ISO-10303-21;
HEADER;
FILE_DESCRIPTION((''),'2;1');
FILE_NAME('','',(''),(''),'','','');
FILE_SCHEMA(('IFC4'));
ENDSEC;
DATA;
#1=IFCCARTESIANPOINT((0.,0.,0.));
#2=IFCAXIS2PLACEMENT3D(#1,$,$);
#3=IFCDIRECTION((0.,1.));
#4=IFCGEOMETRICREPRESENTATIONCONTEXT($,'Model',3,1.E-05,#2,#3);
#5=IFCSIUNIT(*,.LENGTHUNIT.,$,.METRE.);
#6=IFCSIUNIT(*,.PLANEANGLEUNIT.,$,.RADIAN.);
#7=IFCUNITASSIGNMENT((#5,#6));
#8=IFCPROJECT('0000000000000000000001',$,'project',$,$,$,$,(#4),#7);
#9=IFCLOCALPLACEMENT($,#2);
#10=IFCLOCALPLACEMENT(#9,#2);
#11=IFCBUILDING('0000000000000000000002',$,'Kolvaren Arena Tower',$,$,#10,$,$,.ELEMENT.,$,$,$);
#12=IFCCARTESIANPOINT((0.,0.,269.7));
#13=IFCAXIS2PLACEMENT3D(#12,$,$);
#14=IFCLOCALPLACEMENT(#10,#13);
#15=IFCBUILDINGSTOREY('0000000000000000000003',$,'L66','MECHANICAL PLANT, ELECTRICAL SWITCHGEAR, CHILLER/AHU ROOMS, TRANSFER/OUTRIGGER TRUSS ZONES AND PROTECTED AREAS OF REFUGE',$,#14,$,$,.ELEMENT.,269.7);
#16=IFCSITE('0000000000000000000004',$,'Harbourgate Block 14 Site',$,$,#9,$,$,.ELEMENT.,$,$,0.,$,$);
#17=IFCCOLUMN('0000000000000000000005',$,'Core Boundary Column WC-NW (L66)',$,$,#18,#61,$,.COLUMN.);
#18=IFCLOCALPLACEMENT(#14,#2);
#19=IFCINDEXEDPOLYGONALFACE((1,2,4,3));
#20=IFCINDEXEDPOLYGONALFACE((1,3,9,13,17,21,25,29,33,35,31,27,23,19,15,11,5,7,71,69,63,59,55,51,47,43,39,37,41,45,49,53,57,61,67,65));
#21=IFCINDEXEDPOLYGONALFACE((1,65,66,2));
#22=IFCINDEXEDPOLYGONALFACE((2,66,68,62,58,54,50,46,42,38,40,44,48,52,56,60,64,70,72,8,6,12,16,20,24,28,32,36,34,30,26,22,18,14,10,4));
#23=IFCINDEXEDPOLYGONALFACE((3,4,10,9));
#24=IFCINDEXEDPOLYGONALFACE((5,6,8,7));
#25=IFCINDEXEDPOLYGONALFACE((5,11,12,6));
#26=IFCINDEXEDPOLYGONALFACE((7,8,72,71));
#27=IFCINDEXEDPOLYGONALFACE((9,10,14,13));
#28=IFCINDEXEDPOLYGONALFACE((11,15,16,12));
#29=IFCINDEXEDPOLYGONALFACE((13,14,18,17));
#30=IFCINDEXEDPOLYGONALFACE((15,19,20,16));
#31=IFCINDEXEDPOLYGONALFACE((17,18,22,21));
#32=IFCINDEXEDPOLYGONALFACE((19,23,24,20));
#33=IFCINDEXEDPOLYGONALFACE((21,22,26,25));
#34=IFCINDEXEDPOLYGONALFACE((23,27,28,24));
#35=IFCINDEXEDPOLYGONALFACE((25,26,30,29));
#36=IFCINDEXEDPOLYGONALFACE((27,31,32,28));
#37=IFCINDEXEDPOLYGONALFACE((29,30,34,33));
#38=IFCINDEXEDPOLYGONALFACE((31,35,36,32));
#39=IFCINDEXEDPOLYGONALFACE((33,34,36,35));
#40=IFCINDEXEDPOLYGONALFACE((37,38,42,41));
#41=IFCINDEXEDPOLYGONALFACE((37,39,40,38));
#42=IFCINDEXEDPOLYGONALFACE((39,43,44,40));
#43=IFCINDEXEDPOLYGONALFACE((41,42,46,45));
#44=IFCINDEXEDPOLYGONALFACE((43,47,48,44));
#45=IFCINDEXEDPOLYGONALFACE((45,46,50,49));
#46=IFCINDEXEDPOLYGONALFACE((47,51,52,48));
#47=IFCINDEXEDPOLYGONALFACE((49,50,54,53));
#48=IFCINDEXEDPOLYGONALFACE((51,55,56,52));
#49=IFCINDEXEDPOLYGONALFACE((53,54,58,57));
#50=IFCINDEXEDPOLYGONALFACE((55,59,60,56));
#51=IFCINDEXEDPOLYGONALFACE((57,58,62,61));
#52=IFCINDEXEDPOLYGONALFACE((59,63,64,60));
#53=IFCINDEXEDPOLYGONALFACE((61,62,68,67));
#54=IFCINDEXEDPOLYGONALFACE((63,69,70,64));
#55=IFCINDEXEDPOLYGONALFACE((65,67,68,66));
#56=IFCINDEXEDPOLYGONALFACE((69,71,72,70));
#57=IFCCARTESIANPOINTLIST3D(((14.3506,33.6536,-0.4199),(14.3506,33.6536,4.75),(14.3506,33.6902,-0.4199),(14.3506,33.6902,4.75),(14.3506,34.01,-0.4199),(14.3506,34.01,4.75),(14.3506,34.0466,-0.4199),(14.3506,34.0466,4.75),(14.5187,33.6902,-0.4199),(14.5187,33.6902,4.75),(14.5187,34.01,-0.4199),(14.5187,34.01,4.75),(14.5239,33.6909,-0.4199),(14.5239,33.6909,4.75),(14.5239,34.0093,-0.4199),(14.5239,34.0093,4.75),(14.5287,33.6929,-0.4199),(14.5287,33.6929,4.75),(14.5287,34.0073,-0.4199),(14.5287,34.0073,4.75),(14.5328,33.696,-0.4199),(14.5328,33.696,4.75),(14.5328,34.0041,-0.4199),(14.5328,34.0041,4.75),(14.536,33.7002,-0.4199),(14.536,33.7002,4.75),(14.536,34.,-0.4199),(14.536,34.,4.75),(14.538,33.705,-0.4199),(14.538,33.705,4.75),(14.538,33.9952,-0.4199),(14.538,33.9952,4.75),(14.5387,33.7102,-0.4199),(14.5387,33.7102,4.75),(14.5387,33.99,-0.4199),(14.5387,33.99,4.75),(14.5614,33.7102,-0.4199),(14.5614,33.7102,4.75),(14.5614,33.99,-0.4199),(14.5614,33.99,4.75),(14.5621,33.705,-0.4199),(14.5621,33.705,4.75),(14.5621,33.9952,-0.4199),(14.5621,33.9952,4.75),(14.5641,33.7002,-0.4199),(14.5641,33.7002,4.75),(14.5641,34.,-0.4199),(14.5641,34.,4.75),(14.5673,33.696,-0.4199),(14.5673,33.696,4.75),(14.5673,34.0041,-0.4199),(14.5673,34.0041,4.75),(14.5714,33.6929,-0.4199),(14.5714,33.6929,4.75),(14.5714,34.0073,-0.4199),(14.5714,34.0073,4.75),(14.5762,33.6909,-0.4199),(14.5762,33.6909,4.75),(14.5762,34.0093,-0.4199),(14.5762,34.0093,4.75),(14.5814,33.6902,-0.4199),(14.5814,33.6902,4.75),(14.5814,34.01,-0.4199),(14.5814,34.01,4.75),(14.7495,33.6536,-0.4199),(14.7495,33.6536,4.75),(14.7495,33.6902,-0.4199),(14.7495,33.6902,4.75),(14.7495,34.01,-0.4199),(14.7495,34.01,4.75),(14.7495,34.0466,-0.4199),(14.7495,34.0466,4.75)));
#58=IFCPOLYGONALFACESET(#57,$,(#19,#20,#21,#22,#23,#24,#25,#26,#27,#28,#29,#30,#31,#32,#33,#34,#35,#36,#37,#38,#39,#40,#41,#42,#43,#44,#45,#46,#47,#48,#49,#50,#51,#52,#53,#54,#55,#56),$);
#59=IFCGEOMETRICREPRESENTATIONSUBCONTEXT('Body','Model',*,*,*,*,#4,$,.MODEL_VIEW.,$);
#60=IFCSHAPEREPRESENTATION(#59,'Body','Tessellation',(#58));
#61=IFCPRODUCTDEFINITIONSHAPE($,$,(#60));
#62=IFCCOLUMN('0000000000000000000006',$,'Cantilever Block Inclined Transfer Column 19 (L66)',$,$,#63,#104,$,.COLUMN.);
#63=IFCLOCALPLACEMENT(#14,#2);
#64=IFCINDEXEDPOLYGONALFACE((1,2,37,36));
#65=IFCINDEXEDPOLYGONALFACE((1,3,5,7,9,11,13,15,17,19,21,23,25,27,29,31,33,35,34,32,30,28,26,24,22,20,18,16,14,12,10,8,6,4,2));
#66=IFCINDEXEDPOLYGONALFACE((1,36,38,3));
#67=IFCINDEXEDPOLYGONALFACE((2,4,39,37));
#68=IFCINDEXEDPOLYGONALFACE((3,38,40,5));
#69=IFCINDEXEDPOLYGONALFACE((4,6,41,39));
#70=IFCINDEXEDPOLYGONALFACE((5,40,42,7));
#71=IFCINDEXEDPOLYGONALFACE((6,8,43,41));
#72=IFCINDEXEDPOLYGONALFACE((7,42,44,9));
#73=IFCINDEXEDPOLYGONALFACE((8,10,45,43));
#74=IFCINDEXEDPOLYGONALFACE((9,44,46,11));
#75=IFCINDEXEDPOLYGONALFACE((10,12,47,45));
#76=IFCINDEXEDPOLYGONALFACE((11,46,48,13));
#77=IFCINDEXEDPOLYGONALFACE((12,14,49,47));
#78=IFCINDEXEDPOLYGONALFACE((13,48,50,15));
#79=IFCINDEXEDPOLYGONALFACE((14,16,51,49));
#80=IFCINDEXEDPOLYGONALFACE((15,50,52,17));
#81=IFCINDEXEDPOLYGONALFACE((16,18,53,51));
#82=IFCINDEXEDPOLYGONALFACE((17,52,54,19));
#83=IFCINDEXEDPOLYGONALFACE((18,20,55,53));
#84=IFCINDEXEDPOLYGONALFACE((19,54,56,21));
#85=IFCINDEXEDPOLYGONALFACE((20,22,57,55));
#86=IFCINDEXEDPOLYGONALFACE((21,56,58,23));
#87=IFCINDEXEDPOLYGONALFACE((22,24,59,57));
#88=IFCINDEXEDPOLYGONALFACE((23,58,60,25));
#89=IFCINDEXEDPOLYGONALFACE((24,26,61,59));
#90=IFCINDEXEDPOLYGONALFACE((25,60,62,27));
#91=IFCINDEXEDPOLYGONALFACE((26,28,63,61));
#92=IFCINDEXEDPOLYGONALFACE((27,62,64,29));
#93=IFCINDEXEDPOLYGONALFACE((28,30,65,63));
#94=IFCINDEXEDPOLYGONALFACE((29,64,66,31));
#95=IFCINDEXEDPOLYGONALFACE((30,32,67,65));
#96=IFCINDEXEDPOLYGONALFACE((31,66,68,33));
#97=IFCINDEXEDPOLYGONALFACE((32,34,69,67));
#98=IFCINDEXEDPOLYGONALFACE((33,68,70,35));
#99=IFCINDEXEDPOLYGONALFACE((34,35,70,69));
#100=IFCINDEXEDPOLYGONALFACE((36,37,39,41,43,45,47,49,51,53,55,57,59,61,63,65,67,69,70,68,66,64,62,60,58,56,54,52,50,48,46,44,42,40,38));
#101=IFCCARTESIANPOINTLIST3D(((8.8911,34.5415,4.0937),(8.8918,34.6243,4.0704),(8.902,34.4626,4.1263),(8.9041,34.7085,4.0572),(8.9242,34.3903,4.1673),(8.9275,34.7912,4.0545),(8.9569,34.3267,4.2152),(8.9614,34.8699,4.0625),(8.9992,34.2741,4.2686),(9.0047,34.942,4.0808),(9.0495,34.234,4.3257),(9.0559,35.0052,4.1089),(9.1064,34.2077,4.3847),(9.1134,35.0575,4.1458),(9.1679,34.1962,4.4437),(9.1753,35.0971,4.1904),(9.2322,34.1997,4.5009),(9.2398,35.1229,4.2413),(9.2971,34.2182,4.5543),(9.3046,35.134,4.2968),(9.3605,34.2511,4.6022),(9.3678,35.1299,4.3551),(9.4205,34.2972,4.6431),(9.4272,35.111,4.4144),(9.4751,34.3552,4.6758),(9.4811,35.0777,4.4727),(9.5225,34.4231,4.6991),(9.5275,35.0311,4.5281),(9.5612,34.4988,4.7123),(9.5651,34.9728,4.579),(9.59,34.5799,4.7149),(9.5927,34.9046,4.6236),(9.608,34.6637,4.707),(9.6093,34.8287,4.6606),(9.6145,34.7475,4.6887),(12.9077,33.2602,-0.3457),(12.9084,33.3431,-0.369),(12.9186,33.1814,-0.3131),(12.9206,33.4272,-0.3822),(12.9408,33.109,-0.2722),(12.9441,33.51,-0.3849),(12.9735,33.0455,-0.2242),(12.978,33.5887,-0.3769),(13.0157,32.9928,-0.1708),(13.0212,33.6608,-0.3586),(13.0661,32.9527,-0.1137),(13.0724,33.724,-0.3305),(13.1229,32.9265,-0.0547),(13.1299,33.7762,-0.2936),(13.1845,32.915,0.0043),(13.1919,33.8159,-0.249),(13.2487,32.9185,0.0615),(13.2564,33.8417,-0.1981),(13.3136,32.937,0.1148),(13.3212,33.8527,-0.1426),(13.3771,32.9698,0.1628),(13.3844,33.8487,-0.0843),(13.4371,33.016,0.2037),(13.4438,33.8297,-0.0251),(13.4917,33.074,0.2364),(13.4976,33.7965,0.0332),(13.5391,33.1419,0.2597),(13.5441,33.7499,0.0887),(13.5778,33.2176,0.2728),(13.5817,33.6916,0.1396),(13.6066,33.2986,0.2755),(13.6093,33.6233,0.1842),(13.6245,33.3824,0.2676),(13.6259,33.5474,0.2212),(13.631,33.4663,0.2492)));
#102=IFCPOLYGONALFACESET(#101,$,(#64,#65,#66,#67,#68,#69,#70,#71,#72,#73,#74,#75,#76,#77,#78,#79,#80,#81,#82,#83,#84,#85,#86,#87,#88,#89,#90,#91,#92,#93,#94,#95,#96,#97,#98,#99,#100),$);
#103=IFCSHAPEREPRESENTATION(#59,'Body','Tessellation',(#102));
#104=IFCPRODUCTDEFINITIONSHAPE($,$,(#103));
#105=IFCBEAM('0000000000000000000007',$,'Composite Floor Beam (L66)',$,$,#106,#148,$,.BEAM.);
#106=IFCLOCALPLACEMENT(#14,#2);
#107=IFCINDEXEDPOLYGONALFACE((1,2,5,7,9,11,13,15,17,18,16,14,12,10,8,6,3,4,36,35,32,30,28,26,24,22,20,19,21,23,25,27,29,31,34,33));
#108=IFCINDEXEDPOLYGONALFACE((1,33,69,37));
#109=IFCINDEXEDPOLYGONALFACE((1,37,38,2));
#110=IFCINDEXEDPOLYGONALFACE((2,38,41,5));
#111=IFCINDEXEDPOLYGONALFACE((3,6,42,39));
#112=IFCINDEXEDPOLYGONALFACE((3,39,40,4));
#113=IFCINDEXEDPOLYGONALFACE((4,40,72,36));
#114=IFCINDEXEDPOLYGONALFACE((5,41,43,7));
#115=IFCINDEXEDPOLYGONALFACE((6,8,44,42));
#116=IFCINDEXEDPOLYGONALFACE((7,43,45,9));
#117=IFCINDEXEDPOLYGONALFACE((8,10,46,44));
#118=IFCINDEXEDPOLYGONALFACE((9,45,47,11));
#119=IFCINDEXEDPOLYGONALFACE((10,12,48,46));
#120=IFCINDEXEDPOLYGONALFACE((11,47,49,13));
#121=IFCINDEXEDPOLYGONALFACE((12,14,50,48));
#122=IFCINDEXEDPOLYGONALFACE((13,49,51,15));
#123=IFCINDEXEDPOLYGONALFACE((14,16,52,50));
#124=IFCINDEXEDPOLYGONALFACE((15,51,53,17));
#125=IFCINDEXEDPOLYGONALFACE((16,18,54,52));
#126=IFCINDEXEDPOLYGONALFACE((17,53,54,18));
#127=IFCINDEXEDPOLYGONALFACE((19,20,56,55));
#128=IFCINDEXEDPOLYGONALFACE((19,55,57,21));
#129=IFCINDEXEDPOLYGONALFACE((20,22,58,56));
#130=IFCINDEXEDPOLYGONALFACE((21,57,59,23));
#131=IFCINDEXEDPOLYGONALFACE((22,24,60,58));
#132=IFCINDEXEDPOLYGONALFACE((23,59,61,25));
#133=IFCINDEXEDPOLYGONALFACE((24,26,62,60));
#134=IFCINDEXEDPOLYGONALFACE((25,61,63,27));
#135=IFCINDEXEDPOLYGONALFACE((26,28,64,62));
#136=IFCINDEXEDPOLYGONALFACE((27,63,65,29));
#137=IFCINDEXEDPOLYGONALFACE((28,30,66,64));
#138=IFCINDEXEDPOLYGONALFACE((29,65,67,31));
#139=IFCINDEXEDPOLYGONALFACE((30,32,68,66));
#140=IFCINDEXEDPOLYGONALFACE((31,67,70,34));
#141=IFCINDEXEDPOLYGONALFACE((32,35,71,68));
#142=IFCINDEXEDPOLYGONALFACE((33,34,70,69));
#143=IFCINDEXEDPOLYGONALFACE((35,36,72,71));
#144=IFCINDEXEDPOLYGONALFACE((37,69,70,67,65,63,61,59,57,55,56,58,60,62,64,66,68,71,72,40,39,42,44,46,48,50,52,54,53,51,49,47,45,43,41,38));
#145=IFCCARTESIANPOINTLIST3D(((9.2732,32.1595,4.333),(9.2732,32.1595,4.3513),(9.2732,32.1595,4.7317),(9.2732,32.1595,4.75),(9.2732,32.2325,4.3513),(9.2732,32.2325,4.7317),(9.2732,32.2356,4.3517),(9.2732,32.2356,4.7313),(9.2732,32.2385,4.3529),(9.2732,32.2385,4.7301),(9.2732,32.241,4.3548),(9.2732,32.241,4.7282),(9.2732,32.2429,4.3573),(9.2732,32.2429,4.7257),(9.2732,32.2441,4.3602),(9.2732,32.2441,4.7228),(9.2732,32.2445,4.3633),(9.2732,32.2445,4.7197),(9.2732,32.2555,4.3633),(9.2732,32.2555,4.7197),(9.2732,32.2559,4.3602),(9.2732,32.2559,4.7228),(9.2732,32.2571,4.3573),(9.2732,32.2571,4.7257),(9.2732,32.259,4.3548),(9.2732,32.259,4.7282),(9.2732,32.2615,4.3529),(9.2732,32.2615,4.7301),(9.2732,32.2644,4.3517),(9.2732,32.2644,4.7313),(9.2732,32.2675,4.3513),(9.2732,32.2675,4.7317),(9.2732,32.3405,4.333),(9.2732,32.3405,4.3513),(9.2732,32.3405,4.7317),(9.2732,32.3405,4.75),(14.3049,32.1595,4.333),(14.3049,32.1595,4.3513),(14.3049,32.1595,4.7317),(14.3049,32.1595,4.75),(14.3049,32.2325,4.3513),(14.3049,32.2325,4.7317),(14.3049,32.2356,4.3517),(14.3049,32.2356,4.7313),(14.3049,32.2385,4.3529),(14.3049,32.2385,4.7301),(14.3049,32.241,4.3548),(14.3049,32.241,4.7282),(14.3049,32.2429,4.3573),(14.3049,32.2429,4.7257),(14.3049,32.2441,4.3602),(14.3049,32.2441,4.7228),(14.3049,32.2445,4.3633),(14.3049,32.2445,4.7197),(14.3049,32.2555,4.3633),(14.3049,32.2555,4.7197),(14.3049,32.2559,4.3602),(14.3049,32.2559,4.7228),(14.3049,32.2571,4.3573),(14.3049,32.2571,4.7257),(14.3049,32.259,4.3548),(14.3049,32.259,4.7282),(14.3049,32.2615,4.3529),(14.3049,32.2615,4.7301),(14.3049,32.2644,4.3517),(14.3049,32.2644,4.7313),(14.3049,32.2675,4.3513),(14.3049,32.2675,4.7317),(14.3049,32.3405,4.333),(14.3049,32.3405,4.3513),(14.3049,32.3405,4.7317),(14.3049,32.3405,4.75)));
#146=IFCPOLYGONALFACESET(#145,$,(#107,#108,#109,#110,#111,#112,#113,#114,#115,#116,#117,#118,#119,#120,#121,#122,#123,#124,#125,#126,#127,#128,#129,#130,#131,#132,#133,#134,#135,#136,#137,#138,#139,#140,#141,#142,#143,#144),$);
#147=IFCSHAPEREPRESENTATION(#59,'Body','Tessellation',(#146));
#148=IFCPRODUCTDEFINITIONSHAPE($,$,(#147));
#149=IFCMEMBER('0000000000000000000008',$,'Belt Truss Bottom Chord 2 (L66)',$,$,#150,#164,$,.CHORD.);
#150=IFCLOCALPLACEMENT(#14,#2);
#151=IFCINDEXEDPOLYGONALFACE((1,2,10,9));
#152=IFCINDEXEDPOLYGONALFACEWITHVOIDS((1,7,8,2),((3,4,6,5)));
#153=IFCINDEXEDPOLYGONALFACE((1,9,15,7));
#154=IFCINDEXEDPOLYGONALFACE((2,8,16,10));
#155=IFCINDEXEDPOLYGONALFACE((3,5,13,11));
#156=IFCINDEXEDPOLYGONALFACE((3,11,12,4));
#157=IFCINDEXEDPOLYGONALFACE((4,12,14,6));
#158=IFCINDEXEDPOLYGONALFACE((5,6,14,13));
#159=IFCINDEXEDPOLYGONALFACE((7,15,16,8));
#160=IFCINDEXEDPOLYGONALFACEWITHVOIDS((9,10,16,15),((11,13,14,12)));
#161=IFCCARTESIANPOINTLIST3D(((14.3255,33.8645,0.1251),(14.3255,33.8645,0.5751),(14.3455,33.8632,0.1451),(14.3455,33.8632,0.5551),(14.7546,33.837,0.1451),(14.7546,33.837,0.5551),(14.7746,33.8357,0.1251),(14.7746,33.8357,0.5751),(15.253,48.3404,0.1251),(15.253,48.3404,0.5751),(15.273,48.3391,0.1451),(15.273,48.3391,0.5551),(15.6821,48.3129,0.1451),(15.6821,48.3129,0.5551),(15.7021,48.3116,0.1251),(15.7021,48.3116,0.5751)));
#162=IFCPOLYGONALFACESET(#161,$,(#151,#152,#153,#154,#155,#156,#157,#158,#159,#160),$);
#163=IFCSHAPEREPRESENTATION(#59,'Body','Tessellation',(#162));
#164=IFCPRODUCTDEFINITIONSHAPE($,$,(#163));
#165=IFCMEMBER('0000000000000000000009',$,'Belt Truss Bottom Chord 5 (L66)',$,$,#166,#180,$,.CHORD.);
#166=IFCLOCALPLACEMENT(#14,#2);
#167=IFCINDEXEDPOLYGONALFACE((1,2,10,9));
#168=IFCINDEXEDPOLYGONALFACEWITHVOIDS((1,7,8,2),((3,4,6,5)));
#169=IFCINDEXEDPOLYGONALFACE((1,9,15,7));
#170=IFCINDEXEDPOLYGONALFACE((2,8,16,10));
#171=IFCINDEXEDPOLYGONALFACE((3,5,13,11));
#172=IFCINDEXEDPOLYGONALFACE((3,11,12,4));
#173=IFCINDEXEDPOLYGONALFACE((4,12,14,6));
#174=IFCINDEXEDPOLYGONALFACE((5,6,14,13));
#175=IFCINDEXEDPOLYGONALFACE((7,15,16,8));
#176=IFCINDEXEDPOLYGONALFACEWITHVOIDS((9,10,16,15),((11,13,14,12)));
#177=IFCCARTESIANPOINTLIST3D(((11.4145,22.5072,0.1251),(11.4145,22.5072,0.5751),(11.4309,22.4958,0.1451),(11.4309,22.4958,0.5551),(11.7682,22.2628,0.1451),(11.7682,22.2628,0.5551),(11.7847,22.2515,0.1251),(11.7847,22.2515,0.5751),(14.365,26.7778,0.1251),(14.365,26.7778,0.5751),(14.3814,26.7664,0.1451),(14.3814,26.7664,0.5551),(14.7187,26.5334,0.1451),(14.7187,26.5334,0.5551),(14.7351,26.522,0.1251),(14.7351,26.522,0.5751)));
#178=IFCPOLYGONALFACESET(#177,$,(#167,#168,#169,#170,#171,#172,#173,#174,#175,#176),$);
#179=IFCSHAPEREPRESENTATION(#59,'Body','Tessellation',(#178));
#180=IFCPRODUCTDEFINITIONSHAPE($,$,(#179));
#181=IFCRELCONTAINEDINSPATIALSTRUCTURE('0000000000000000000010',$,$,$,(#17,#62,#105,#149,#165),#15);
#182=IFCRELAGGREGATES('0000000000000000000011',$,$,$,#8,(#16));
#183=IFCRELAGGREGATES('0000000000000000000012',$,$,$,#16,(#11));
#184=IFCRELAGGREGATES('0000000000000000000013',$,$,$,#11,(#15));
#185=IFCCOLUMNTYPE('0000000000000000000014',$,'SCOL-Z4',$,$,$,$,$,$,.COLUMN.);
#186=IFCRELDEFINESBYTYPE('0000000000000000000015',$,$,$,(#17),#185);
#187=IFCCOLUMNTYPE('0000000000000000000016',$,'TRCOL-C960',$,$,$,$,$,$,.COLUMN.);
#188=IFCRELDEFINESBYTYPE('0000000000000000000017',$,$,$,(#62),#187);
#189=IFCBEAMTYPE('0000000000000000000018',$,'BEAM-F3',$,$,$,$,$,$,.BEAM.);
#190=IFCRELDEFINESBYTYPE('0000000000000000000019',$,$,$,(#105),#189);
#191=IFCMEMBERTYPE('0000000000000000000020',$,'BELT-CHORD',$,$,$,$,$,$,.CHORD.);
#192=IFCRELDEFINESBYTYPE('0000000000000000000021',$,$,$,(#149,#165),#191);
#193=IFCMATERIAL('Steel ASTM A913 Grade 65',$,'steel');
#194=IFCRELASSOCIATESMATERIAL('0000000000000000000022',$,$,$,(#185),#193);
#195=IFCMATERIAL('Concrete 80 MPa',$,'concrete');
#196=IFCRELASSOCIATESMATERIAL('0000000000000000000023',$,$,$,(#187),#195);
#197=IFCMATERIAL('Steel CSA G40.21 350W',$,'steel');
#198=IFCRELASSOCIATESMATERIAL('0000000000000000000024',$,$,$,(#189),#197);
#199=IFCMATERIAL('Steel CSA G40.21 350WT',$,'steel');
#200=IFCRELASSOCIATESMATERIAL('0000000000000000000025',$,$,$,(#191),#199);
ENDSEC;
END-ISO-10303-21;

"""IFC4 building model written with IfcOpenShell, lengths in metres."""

from ifc_helpers import new_model, si_unit, direction, frame, origin, origin_2d, place, context, subcontext, project, spatial, hollow_rectangle, circle, i_section, extrude, material, material_profile, profile_set, type_object, element, save


model = new_model("IFC4")

# Units and contexts
model_context = context("Model", 3, precision=1e-05, world=origin(), true_north=direction((0.0, 1.0)))
body_context = subcontext(model_context, "Body", "Model", "MODEL_VIEW")
ifc_project = project(units=[si_unit("LENGTHUNIT", "METRE"), si_unit("PLANEANGLEUNIT", "RADIAN")], contexts=[model_context])

# Site, building, storey
site_placement = place(None, origin())
site = spatial("IfcSite", under=ifc_project, at=site_placement, Name="Harbourgate Block 14 Site", CompositionType="ELEMENT", RefElevation=0.0)
building_placement = place(site_placement, origin())
building = spatial("IfcBuilding", under=site, at=building_placement, Name="Kolvaren Arena Tower", CompositionType="ELEMENT")
storey_placement = place(building_placement, frame((0.0, 0.0, 269.7)))
storey = spatial("IfcBuildingStorey", under=building, at=storey_placement, Name="L66", Description="MECHANICAL PLANT, ELECTRICAL SWITCHGEAR, CHILLER/AHU ROOMS, TRANSFER/OUTRIGGER TRUSS ZONES AND PROTECTED AREAS OF REFUGE", CompositionType="ELEMENT", Elevation=269.7)

# Columns
ifc_material_1 = material(Name="Steel ASTM A913 Grade 65", Category="steel")
ifc_material_profile_1 = material_profile(ifc_material_1, i_section(OverallWidth=0.3989, OverallDepth=0.3931, WebThickness=0.0227, FlangeThickness=0.0366, FilletRadius=0.02, at=origin_2d()), Name="W360x287")
ifc_profile_set_1 = profile_set([ifc_material_profile_1], Name="Steel ASTM A913 Grade 65")
column_type_1 = type_object("IfcColumnType", Name="SCOL-Z4", PredefinedType="COLUMN", material=ifc_profile_set_1)
column_1_placement = place(storey_placement, frame((14.55, 33.8501, -0.4199), z_axis=(0.0, 0.0, 1.0), x_axis=(1.0, 0.0, 0.0)))
element("IfcColumn", 1, at=column_1_placement, inside=storey, type_object=column_type_1, Name="Core Boundary Column WC-NW (L66)", PredefinedType="COLUMN", context=body_context, shape_type="SweptSolid", body=[
    extrude(i_section(OverallWidth=0.3989, OverallDepth=0.3931, WebThickness=0.0227, FlangeThickness=0.0366, FilletRadius=0.02, at=origin_2d()), origin(), (0.0, 0.0, 1.0), 5.1699),
])
ifc_material_2 = material(Name="Concrete 80 MPa", Category="concrete")
ifc_material_profile_2 = material_profile(ifc_material_2, circle(Radius=0.48, at=origin_2d()), Name="RC-CIRC-960")
ifc_profile_set_2 = profile_set([ifc_material_profile_2], Name="Concrete 80 MPa")
column_type_2 = type_object("IfcColumnType", Name="TRCOL-C960", PredefinedType="COLUMN", material=ifc_profile_set_2)
column_2_placement = place(storey_placement, frame((13.2688, 33.3838, -0.0547), z_axis=(-0.656053, 0.209273, 0.72512), x_axis=(-0.303902, -0.952703, 0.0)))
element("IfcColumn", 2, at=column_2_placement, inside=storey, type_object=column_type_2, Name="Cantilever Block Inclined Transfer Column 19 (L66)", PredefinedType="COLUMN", context=body_context, shape_type="SweptSolid", body=[
    extrude(circle(Radius=0.48, at=origin_2d()), origin(), (0.0, 0.0, 1.0), 6.1223),
])

# Beam
ifc_material_3 = material(Name="Steel CSA G40.21 350W", Category="steel")
ifc_material_profile_3 = material_profile(ifc_material_3, i_section(OverallWidth=0.1809, OverallDepth=0.417, WebThickness=0.011, FlangeThickness=0.0183, FilletRadius=0.012, at=origin_2d()), Name="W410x85")
ifc_profile_set_3 = profile_set([ifc_material_profile_3], Name="Steel CSA G40.21 350W")
beam_type_1 = type_object("IfcBeamType", Name="BEAM-F3", PredefinedType="BEAM", material=ifc_profile_set_3)
beam_1_placement = place(storey_placement, frame((9.2732, 32.25, 4.5415), z_axis=(1.0, 0.0, 0.0), x_axis=(0.0, 1.0, 0.0)))
element("IfcBeam", 3, at=beam_1_placement, inside=storey, type_object=beam_type_1, Name="Composite Floor Beam (L66)", PredefinedType="BEAM", context=body_context, shape_type="SweptSolid", body=[
    extrude(i_section(OverallWidth=0.1809, OverallDepth=0.417, WebThickness=0.011, FlangeThickness=0.0183, FilletRadius=0.012, at=origin_2d()), origin(), (0.0, 0.0, 1.0), 5.0317),
])

# Members
ifc_material_4 = material(Name="Steel CSA G40.21 350WT", Category="steel")
ifc_material_profile_4 = material_profile(ifc_material_4, hollow_rectangle(XDim=0.45, YDim=0.45, WallThickness=0.02, at=origin_2d()), Name="HSS 450x450x20")
ifc_profile_set_4 = profile_set([ifc_material_profile_4], Name="Steel CSA G40.21 350WT")
member_type_1 = type_object("IfcMemberType", Name="BELT-CHORD", PredefinedType="CHORD", material=ifc_profile_set_4)
member_1_placement = place(storey_placement, frame((14.55, 33.8501, 0.3501), z_axis=(0.063941, 0.997954, 0.0), x_axis=(-0.997954, 0.063941, 0.0)))
element("IfcMember", 4, at=member_1_placement, inside=storey, type_object=member_type_1, Name="Belt Truss Bottom Chord 2 (L66)", PredefinedType="CHORD", context=body_context, shape_type="SweptSolid", body=[
    extrude(hollow_rectangle(XDim=0.45, YDim=0.45, WallThickness=0.02, at=origin_2d()), origin(), (0.0, 0.0, 1.0), 14.5056),
])
member_2_placement = place(storey_placement, frame((14.55, 26.6499, 0.3501), z_axis=(-0.56842, -0.822739, 0.0), x_axis=(0.822739, -0.56842, 0.0)))
element("IfcMember", 5, at=member_2_placement, inside=storey, type_object=member_type_1, Name="Belt Truss Bottom Chord 5 (L66)", PredefinedType="CHORD", context=body_context, shape_type="SweptSolid", body=[
    extrude(hollow_rectangle(XDim=0.45, YDim=0.45, WallThickness=0.02, at=origin_2d()), origin(), (0.0, 0.0, 1.0), 5.1907),
])

save(model, "model.ifc")
